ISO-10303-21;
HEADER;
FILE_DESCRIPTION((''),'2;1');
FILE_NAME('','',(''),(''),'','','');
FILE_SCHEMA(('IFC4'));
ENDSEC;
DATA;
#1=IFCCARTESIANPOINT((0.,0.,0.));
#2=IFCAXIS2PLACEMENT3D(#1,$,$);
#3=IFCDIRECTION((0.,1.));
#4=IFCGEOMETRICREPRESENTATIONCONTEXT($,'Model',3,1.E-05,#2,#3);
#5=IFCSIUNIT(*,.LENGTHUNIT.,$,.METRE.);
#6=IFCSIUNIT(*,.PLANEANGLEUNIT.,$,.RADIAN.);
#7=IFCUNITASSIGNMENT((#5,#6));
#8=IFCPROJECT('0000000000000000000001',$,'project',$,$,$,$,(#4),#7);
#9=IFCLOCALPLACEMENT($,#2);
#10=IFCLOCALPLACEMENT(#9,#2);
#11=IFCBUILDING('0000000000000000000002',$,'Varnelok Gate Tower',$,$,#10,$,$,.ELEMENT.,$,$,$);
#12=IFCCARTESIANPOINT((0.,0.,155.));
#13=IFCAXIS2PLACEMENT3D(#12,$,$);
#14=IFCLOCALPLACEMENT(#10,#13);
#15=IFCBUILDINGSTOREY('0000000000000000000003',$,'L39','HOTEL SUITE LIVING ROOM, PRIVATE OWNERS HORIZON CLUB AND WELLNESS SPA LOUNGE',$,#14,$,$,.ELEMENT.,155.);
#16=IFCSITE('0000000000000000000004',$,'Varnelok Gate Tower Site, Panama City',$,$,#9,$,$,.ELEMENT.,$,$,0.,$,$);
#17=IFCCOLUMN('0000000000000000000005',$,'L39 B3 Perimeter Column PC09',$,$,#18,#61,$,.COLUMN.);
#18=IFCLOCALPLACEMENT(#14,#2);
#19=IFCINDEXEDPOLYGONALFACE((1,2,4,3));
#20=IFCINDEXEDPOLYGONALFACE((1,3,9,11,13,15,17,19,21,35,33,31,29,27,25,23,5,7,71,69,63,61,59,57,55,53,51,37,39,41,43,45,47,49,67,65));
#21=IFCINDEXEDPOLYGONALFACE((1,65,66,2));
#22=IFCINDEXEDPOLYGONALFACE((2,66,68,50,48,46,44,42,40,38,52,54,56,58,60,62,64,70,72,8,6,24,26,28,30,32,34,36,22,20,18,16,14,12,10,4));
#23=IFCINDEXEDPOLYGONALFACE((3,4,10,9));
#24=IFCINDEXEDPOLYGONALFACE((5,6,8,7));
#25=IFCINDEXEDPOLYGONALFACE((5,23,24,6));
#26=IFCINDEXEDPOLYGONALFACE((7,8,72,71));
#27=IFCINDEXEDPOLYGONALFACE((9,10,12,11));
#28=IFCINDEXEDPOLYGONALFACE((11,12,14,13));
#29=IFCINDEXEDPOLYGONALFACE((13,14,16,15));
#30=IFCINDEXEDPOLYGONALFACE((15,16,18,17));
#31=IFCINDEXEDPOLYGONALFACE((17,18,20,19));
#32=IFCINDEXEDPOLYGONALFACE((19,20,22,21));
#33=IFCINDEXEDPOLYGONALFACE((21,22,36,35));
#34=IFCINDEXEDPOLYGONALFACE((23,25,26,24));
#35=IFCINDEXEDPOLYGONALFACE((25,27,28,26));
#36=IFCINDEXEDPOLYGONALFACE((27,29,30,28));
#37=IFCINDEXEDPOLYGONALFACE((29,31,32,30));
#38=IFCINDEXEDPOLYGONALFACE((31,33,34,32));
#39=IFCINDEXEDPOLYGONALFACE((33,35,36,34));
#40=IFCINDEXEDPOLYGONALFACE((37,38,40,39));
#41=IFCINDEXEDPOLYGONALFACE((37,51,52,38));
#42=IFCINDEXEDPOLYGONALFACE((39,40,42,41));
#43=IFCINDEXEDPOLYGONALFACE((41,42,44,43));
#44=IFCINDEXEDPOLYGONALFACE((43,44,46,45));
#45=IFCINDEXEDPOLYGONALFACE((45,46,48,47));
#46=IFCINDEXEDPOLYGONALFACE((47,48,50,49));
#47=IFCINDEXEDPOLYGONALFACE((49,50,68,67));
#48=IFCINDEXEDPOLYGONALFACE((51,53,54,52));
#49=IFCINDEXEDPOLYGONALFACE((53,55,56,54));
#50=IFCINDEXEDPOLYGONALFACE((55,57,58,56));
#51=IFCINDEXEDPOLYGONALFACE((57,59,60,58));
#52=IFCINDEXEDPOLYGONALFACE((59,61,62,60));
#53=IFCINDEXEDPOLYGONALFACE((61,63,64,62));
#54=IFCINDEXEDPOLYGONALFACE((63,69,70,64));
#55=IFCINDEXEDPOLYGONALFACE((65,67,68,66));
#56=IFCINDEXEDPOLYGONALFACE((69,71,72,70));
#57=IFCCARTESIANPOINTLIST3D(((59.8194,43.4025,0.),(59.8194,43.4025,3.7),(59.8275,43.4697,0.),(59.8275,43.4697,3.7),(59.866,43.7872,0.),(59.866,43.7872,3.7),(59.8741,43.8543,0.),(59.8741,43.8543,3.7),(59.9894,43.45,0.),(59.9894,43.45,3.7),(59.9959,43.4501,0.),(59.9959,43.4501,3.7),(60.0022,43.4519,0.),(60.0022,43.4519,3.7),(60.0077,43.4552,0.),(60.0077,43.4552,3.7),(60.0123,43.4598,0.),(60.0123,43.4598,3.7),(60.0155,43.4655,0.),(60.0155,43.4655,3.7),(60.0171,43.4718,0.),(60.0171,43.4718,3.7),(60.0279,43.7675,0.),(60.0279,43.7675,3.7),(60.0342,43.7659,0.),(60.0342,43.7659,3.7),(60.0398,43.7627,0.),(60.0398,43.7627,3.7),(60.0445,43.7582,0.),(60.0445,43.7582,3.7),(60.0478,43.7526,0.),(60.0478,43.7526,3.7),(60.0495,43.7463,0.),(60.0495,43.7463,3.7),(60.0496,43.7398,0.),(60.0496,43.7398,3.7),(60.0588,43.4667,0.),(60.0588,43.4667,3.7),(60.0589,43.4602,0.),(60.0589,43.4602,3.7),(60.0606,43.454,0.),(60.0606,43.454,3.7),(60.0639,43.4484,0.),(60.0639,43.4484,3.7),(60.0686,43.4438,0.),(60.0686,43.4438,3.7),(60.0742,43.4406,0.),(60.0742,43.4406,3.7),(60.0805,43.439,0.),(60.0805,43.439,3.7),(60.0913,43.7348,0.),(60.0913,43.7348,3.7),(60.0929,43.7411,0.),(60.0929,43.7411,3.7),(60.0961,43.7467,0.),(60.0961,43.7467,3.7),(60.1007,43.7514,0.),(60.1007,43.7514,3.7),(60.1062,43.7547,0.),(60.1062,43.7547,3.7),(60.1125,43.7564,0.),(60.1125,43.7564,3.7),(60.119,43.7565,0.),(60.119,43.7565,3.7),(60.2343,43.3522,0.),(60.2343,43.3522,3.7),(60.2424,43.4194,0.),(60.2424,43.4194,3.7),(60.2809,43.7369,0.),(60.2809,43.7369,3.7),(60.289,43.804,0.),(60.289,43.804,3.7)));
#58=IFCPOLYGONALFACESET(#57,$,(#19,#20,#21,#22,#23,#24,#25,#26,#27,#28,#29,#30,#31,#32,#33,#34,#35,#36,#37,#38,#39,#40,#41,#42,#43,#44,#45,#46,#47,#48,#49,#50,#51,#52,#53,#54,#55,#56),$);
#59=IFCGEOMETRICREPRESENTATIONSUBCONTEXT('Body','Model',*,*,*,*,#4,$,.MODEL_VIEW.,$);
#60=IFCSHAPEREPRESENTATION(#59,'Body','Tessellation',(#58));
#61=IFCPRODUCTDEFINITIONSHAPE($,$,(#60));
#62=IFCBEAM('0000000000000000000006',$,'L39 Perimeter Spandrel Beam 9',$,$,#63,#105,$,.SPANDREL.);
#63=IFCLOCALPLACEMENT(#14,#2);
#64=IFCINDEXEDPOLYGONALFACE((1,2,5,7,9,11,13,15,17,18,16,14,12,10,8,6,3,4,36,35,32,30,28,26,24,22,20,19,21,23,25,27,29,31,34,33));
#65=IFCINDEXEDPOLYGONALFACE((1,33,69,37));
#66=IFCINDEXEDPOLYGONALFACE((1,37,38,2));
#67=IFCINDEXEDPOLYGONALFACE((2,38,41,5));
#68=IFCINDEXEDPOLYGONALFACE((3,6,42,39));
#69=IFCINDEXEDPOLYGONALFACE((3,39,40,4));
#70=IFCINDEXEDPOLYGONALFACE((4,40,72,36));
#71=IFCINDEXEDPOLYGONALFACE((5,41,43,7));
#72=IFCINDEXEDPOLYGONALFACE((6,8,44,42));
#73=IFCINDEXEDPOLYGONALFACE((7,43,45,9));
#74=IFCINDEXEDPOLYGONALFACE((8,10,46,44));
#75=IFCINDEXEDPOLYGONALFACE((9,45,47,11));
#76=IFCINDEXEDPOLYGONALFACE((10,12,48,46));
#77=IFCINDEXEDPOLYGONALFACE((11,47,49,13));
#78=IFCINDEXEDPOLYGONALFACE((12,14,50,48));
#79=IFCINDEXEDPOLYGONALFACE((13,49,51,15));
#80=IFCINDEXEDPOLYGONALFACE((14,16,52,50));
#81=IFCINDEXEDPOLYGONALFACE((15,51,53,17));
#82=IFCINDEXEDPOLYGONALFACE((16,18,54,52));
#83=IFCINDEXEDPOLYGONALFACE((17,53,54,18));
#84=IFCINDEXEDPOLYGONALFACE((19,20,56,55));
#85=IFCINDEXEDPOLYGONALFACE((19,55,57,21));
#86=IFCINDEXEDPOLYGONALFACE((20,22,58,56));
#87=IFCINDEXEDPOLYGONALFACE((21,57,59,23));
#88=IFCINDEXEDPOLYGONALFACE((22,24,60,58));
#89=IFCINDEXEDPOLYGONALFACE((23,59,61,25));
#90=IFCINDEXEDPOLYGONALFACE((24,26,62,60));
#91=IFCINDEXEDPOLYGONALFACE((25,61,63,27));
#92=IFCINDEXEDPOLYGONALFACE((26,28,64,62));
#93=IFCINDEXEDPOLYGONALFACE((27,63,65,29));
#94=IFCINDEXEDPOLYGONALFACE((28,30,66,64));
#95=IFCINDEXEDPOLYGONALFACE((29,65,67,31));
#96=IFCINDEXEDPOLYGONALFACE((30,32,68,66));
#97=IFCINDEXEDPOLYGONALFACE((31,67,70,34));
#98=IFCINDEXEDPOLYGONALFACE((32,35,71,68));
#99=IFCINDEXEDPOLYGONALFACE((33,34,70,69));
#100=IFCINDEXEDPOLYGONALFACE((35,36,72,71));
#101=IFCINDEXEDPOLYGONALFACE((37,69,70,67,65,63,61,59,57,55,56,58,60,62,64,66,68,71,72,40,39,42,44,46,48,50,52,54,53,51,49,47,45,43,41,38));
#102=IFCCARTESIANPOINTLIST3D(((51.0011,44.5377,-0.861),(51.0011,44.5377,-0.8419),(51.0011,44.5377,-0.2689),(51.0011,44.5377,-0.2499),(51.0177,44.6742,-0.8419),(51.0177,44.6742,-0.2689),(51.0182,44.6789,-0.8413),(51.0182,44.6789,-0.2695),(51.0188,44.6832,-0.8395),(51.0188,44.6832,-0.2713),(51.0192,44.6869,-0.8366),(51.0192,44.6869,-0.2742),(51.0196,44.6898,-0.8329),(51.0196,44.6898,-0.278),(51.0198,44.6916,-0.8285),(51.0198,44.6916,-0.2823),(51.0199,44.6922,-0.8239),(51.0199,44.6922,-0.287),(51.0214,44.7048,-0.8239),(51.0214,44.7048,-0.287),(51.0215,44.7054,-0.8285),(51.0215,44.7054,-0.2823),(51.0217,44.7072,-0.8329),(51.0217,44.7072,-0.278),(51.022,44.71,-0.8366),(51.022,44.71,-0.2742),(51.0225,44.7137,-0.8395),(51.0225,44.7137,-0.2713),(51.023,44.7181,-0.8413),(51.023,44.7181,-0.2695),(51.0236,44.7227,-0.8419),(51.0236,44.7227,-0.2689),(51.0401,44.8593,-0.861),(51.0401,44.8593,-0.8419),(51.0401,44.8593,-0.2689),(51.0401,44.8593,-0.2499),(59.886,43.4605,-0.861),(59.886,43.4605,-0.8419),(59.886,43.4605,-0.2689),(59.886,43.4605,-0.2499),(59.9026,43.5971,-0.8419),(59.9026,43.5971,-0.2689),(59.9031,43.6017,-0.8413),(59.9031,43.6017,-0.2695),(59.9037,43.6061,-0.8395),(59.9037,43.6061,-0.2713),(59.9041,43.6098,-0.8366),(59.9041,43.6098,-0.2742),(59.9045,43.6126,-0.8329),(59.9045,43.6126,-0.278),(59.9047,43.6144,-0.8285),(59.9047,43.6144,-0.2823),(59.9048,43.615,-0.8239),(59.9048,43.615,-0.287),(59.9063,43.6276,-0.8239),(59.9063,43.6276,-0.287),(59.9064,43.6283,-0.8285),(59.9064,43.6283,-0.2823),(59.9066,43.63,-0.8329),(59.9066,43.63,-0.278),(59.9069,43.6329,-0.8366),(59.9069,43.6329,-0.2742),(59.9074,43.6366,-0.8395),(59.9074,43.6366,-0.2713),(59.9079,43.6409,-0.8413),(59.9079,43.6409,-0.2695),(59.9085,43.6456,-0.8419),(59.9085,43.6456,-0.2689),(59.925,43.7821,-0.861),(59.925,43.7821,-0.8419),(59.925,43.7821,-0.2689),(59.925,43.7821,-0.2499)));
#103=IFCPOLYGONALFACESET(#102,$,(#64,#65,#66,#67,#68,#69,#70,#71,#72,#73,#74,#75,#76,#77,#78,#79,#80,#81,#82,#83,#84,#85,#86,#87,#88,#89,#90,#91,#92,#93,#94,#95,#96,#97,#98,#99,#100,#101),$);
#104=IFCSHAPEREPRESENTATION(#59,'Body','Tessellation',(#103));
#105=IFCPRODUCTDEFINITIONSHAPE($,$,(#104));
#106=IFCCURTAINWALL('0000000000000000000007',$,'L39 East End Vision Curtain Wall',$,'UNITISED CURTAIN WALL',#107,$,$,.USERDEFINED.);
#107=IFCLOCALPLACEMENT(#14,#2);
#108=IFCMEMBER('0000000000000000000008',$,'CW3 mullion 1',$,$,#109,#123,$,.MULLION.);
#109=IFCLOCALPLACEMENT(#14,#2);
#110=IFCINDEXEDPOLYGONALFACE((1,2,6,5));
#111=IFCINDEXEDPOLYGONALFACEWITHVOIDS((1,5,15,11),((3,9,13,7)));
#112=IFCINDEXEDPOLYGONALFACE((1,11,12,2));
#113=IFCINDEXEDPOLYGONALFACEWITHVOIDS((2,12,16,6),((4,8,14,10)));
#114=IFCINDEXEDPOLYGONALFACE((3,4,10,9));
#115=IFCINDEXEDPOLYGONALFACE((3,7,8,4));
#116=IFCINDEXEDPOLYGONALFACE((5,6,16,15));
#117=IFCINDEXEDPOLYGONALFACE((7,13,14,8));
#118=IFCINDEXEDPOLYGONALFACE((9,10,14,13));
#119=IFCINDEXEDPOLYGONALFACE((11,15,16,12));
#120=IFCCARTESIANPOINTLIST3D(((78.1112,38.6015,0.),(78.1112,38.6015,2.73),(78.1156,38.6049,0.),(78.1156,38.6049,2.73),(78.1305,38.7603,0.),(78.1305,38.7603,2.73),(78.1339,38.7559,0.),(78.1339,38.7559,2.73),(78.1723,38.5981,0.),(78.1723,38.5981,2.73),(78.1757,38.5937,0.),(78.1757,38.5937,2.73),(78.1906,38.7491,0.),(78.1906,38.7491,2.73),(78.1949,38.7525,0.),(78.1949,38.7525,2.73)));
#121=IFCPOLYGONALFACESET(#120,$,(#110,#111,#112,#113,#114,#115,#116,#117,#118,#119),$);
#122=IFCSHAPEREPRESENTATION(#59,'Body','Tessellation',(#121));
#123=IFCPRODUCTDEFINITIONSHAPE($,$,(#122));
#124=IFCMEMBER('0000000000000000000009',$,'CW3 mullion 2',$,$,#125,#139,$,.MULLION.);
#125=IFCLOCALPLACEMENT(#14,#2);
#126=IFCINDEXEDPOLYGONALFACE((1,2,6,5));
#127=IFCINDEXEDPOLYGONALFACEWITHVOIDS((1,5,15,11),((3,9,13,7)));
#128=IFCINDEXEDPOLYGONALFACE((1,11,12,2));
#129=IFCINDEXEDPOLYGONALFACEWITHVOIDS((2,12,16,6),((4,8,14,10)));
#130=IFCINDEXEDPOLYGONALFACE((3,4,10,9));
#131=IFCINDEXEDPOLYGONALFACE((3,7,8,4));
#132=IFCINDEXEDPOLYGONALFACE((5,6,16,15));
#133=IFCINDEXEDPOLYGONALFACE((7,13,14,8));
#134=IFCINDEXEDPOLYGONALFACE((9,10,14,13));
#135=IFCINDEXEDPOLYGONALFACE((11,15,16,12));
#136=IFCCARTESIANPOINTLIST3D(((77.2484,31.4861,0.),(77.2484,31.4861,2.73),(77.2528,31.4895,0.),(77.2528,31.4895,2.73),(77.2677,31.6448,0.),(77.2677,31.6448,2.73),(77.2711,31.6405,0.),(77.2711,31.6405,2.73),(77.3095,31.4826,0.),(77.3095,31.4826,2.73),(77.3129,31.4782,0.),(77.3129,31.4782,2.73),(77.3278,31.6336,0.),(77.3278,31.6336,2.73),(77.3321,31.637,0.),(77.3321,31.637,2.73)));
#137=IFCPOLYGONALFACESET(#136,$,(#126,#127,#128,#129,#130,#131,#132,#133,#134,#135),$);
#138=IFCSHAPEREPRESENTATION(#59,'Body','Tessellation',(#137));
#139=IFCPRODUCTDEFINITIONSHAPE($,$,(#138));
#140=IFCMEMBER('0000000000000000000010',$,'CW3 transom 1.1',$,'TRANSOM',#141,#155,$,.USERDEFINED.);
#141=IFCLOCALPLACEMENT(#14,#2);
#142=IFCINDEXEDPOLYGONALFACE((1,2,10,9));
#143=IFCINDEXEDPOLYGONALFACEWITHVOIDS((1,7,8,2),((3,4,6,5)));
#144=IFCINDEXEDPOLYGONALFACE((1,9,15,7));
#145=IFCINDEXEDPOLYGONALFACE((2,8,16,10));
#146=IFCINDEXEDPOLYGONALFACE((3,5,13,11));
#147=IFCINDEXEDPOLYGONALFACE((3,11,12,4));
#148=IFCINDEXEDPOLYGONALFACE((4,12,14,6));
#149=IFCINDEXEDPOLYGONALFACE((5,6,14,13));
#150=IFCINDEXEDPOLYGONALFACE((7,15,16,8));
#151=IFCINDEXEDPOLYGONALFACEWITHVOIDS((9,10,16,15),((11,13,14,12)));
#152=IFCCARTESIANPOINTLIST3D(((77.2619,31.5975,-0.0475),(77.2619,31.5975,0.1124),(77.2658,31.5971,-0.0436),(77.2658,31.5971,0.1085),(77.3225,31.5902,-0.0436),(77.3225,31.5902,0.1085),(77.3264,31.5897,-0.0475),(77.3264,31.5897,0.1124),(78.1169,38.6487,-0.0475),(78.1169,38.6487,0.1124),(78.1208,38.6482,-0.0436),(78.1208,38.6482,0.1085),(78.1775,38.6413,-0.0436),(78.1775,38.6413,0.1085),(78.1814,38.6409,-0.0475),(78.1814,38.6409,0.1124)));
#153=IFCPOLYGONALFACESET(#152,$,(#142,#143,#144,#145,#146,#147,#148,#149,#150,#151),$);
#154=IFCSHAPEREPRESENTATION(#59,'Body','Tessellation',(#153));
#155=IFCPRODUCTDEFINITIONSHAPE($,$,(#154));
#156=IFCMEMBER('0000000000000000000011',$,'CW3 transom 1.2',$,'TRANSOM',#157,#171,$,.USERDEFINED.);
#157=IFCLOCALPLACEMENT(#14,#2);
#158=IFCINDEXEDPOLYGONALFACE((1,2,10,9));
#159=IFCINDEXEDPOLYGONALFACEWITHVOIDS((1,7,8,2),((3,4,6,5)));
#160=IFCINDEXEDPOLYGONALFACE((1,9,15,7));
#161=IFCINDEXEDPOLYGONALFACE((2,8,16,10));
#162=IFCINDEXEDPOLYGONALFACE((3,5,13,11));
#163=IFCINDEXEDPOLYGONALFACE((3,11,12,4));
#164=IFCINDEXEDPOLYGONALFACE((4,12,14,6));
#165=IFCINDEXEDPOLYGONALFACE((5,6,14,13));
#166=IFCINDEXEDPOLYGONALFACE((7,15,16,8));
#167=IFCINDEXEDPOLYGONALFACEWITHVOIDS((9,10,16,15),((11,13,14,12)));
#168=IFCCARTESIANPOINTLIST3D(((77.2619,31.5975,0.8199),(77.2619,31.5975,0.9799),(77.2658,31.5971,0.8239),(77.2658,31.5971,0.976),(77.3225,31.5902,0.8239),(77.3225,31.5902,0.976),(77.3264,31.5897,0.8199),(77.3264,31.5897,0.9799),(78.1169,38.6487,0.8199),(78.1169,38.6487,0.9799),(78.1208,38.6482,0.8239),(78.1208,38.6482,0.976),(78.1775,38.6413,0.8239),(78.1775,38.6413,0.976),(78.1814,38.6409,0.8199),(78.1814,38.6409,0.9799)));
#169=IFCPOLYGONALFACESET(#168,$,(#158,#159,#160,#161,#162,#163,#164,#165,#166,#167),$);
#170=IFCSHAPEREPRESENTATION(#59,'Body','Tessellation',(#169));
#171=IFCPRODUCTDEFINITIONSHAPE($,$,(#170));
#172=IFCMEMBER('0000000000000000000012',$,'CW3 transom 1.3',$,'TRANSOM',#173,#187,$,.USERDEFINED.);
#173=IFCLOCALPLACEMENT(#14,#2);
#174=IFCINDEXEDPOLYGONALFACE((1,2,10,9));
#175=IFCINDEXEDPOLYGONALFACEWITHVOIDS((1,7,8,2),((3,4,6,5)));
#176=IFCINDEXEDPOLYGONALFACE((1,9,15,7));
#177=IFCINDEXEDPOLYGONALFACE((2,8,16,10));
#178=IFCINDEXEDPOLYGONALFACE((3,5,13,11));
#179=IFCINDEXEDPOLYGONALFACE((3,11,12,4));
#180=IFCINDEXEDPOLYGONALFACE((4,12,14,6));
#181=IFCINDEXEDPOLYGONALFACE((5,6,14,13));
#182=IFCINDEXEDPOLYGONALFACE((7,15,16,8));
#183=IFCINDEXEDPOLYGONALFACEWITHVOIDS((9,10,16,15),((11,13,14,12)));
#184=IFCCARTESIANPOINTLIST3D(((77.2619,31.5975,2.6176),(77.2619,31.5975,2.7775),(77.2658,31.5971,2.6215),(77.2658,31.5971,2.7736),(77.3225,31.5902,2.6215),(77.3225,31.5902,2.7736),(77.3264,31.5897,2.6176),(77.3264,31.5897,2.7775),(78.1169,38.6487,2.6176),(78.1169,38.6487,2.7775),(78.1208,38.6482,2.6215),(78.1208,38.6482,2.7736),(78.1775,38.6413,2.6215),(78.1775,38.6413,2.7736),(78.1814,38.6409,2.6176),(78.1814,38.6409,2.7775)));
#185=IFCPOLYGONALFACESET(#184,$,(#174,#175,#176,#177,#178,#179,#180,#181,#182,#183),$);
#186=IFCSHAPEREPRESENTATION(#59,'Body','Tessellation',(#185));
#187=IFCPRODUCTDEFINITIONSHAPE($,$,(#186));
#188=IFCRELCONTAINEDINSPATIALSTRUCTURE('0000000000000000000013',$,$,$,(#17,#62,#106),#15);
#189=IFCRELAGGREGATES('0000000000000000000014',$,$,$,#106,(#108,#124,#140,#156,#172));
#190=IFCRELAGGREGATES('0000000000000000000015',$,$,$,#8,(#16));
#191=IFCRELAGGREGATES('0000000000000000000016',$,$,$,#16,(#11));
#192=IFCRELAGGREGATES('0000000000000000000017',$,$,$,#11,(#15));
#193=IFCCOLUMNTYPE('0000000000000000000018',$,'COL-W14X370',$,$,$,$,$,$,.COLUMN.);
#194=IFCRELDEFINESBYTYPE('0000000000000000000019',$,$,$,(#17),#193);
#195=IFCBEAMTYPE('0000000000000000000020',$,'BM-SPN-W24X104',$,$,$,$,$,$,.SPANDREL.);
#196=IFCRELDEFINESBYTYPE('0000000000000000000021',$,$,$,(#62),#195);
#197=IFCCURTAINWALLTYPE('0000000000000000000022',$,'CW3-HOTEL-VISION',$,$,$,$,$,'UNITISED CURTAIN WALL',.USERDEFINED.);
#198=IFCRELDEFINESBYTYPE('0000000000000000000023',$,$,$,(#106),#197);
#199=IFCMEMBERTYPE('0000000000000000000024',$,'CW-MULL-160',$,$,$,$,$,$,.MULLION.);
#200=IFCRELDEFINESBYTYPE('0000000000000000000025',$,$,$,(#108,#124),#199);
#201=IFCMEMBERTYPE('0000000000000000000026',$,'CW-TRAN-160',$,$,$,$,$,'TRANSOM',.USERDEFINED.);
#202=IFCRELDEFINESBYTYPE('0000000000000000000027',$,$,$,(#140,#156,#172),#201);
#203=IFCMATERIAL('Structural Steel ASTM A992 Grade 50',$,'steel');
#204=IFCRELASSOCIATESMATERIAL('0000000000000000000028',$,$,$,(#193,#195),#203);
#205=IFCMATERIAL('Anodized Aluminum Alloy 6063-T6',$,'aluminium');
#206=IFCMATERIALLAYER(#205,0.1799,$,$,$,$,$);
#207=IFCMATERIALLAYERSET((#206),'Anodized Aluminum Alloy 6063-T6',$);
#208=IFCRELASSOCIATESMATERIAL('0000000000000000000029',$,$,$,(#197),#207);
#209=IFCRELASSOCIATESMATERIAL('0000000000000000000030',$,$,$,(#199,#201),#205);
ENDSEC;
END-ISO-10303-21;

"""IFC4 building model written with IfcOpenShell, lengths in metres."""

from ifc_helpers import new_model, si_unit, direction, frame, origin, origin_2d, place, context, subcontext, project, spatial, hollow_rectangle, i_section, extrude, material, layer, layer_set, material_profile, profile_set, type_object, element, aggregate, save


model = new_model("IFC4")

# Units and contexts
model_context = context("Model", 3, precision=1e-05, world=origin(), true_north=direction((0.0, 1.0)))
body_context = subcontext(model_context, "Body", "Model", "MODEL_VIEW")
ifc_project = project(units=[si_unit("LENGTHUNIT", "METRE"), si_unit("PLANEANGLEUNIT", "RADIAN")], contexts=[model_context])

# Site, building, storey
site_placement = place(None, origin())
site = spatial("IfcSite", under=ifc_project, at=site_placement, Name="Varnelok Gate Tower Site, Panama City", CompositionType="ELEMENT", RefElevation=0.0)
building_placement = place(site_placement, origin())
building = spatial("IfcBuilding", under=site, at=building_placement, Name="Varnelok Gate Tower", CompositionType="ELEMENT")
storey_placement = place(building_placement, frame((0.0, 0.0, 155.0)))
storey = spatial("IfcBuildingStorey", under=building, at=storey_placement, Name="L39", Description="HOTEL SUITE LIVING ROOM, PRIVATE OWNERS HORIZON CLUB AND WELLNESS SPA LOUNGE", CompositionType="ELEMENT", Elevation=155.0)

# Column
ifc_material_1 = material(Name="Structural Steel ASTM A992 Grade 50", Category="steel")
ifc_material_profile_1 = material_profile(ifc_material_1, i_section(OverallWidth=0.418, OverallDepth=0.4551, WebThickness=0.042, FlangeThickness=0.0676, FilletRadius=0.0249, at=origin_2d()), Name="W14X370")
ifc_profile_set_1 = profile_set([ifc_material_profile_1], Name="Structural Steel ASTM A992 Grade 50")
column_type = type_object("IfcColumnType", Name="COL-W14X370", PredefinedType="COLUMN", material=ifc_profile_set_1)
column_placement = place(storey_placement, frame((60.0542, 43.6033, 0.0), z_axis=(0.0, 0.0, 1.0), x_axis=(0.992732, -0.120345, 0.0)))
element("IfcColumn", 1, at=column_placement, inside=storey, type_object=column_type, Name="L39 B3 Perimeter Column PC09", PredefinedType="COLUMN", context=body_context, shape_type="SweptSolid", body=[
    extrude(i_section(OverallWidth=0.418, OverallDepth=0.4551, WebThickness=0.042, FlangeThickness=0.0676, FilletRadius=0.0249, at=origin_2d()), origin(), (0.0, 0.0, 1.0), 3.7),
])

# Beam
ifc_material_profile_2 = material_profile(ifc_material_1, i_section(OverallWidth=0.324, OverallDepth=0.6111, WebThickness=0.0127, FlangeThickness=0.019, FilletRadius=0.0181, at=origin_2d()), Name="W24X104")
ifc_profile_set_2 = profile_set([ifc_material_profile_2], Name="Structural Steel ASTM A992 Grade 50")
beam_type = type_object("IfcBeamType", Name="BM-SPN-W24X104", PredefinedType="SPANDREL", material=ifc_profile_set_2)
beam_placement = place(storey_placement, frame((59.9055, 43.6213, -0.5554), z_axis=(-0.992731, 0.120351, 0.0), x_axis=(-0.120351, -0.992731, 0.0)))
element("IfcBeam", 2, at=beam_placement, inside=storey, type_object=beam_type, Name="L39 Perimeter Spandrel Beam 9", PredefinedType="SPANDREL", context=body_context, shape_type="SweptSolid", body=[
    extrude(i_section(OverallWidth=0.324, OverallDepth=0.6111, WebThickness=0.0127, FlangeThickness=0.019, FilletRadius=0.0181, at=origin_2d()), origin(), (0.0, 0.0, 1.0), 8.95),
])

# Curtain wall, members
ifc_material_2 = material(Name="Anodized Aluminum Alloy 6063-T6", Category="aluminium")
ifc_layer_1 = layer(ifc_material_2, 0.1799)
ifc_layer_set_1 = layer_set([ifc_layer_1], Name="Anodized Aluminum Alloy 6063-T6")
curtain_wall_type = type_object("IfcCurtainWallType", Name="CW3-HOTEL-VISION", ElementType="UNITISED CURTAIN WALL", PredefinedType="USERDEFINED", material=ifc_layer_set_1)
curtain_wall_placement = place(storey_placement, origin())
curtain_wall = element("IfcCurtainWall", 3, at=curtain_wall_placement, inside=storey, type_object=curtain_wall_type, Name="L39 East End Vision Curtain Wall", ObjectType="UNITISED CURTAIN WALL", PredefinedType="USERDEFINED")
ifc_material_profile_3 = material_profile(ifc_material_2, hollow_rectangle(XDim=0.0649, YDim=0.1599, WallThickness=0.0039, at=origin_2d()), Name="ALU160X65X4")
ifc_profile_set_3 = profile_set([ifc_material_profile_3], Name="Anodized Aluminum Alloy 6063-T6")
member_type_1 = type_object("IfcMemberType", Name="CW-MULL-160", PredefinedType="MULLION", material=ifc_profile_set_3)
member_1_placement = place(storey_placement, frame((78.1531, 38.677, 0.0), z_axis=(0.0, 0.0, 1.0), x_axis=(0.992732, -0.120347, 0.0)))
member_1 = element("IfcMember", 4, at=member_1_placement, type_object=member_type_1, Name="CW3 mullion 1", PredefinedType="MULLION", context=body_context, shape_type="SweptSolid", body=[
    extrude(hollow_rectangle(XDim=0.0649, YDim=0.1599, WallThickness=0.0039, at=origin_2d()), origin(), (0.0, 0.0, 1.0), 2.73),
])
member_2_placement = place(storey_placement, frame((77.2903, 31.5615, 0.0), z_axis=(0.0, 0.0, 1.0), x_axis=(0.992732, -0.120347, 0.0)))
member_2 = element("IfcMember", 5, at=member_2_placement, type_object=member_type_1, Name="CW3 mullion 2", PredefinedType="MULLION", context=body_context, shape_type="SweptSolid", body=[
    extrude(hollow_rectangle(XDim=0.0649, YDim=0.1599, WallThickness=0.0039, at=origin_2d()), origin(), (0.0, 0.0, 1.0), 2.73),
])
ifc_material_profile_4 = material_profile(ifc_material_2, hollow_rectangle(XDim=0.0649, YDim=0.1599, WallThickness=0.0039, at=origin_2d()), Name="ALU160X65X4")
ifc_profile_set_4 = profile_set([ifc_material_profile_4], Name="Anodized Aluminum Alloy 6063-T6")
member_type_2 = type_object("IfcMemberType", Name="CW-TRAN-160", ElementType="TRANSOM", PredefinedType="USERDEFINED", material=ifc_profile_set_4)
member_3_placement = place(storey_placement, frame((78.1492, 38.6448, 0.0325), z_axis=(-0.120374, -0.992729, 0.0), x_axis=(0.992729, -0.120374, 0.0)))
member_3 = element("IfcMember", 6, at=member_3_placement, type_object=member_type_2, Name="CW3 transom 1.1", ObjectType="TRANSOM", PredefinedType="USERDEFINED", context=body_context, shape_type="SweptSolid", body=[
    extrude(hollow_rectangle(XDim=0.0649, YDim=0.1599, WallThickness=0.0039, at=origin_2d()), origin(), (0.0, 0.0, 1.0), 7.1028),
])
member_4_placement = place(storey_placement, frame((78.1492, 38.6448, 0.8999), z_axis=(-0.120374, -0.992729, 0.0), x_axis=(0.992729, -0.120374, 0.0)))
member_4 = element("IfcMember", 7, at=member_4_placement, type_object=member_type_2, Name="CW3 transom 1.2", ObjectType="TRANSOM", PredefinedType="USERDEFINED", context=body_context, shape_type="SweptSolid", body=[
    extrude(hollow_rectangle(XDim=0.0649, YDim=0.1599, WallThickness=0.0039, at=origin_2d()), origin(), (0.0, 0.0, 1.0), 7.1028),
])
member_5_placement = place(storey_placement, frame((78.1492, 38.6448, 2.6975), z_axis=(-0.120374, -0.992729, 0.0), x_axis=(0.992729, -0.120374, 0.0)))
member_5 = element("IfcMember", 8, at=member_5_placement, type_object=member_type_2, Name="CW3 transom 1.3", ObjectType="TRANSOM", PredefinedType="USERDEFINED", context=body_context, shape_type="SweptSolid", body=[
    extrude(hollow_rectangle(XDim=0.0649, YDim=0.1599, WallThickness=0.0039, at=origin_2d()), origin(), (0.0, 0.0, 1.0), 7.1028),
])
aggregate(curtain_wall, [member_1, member_2, member_3, member_4, member_5])

save(model, "model.ifc")
